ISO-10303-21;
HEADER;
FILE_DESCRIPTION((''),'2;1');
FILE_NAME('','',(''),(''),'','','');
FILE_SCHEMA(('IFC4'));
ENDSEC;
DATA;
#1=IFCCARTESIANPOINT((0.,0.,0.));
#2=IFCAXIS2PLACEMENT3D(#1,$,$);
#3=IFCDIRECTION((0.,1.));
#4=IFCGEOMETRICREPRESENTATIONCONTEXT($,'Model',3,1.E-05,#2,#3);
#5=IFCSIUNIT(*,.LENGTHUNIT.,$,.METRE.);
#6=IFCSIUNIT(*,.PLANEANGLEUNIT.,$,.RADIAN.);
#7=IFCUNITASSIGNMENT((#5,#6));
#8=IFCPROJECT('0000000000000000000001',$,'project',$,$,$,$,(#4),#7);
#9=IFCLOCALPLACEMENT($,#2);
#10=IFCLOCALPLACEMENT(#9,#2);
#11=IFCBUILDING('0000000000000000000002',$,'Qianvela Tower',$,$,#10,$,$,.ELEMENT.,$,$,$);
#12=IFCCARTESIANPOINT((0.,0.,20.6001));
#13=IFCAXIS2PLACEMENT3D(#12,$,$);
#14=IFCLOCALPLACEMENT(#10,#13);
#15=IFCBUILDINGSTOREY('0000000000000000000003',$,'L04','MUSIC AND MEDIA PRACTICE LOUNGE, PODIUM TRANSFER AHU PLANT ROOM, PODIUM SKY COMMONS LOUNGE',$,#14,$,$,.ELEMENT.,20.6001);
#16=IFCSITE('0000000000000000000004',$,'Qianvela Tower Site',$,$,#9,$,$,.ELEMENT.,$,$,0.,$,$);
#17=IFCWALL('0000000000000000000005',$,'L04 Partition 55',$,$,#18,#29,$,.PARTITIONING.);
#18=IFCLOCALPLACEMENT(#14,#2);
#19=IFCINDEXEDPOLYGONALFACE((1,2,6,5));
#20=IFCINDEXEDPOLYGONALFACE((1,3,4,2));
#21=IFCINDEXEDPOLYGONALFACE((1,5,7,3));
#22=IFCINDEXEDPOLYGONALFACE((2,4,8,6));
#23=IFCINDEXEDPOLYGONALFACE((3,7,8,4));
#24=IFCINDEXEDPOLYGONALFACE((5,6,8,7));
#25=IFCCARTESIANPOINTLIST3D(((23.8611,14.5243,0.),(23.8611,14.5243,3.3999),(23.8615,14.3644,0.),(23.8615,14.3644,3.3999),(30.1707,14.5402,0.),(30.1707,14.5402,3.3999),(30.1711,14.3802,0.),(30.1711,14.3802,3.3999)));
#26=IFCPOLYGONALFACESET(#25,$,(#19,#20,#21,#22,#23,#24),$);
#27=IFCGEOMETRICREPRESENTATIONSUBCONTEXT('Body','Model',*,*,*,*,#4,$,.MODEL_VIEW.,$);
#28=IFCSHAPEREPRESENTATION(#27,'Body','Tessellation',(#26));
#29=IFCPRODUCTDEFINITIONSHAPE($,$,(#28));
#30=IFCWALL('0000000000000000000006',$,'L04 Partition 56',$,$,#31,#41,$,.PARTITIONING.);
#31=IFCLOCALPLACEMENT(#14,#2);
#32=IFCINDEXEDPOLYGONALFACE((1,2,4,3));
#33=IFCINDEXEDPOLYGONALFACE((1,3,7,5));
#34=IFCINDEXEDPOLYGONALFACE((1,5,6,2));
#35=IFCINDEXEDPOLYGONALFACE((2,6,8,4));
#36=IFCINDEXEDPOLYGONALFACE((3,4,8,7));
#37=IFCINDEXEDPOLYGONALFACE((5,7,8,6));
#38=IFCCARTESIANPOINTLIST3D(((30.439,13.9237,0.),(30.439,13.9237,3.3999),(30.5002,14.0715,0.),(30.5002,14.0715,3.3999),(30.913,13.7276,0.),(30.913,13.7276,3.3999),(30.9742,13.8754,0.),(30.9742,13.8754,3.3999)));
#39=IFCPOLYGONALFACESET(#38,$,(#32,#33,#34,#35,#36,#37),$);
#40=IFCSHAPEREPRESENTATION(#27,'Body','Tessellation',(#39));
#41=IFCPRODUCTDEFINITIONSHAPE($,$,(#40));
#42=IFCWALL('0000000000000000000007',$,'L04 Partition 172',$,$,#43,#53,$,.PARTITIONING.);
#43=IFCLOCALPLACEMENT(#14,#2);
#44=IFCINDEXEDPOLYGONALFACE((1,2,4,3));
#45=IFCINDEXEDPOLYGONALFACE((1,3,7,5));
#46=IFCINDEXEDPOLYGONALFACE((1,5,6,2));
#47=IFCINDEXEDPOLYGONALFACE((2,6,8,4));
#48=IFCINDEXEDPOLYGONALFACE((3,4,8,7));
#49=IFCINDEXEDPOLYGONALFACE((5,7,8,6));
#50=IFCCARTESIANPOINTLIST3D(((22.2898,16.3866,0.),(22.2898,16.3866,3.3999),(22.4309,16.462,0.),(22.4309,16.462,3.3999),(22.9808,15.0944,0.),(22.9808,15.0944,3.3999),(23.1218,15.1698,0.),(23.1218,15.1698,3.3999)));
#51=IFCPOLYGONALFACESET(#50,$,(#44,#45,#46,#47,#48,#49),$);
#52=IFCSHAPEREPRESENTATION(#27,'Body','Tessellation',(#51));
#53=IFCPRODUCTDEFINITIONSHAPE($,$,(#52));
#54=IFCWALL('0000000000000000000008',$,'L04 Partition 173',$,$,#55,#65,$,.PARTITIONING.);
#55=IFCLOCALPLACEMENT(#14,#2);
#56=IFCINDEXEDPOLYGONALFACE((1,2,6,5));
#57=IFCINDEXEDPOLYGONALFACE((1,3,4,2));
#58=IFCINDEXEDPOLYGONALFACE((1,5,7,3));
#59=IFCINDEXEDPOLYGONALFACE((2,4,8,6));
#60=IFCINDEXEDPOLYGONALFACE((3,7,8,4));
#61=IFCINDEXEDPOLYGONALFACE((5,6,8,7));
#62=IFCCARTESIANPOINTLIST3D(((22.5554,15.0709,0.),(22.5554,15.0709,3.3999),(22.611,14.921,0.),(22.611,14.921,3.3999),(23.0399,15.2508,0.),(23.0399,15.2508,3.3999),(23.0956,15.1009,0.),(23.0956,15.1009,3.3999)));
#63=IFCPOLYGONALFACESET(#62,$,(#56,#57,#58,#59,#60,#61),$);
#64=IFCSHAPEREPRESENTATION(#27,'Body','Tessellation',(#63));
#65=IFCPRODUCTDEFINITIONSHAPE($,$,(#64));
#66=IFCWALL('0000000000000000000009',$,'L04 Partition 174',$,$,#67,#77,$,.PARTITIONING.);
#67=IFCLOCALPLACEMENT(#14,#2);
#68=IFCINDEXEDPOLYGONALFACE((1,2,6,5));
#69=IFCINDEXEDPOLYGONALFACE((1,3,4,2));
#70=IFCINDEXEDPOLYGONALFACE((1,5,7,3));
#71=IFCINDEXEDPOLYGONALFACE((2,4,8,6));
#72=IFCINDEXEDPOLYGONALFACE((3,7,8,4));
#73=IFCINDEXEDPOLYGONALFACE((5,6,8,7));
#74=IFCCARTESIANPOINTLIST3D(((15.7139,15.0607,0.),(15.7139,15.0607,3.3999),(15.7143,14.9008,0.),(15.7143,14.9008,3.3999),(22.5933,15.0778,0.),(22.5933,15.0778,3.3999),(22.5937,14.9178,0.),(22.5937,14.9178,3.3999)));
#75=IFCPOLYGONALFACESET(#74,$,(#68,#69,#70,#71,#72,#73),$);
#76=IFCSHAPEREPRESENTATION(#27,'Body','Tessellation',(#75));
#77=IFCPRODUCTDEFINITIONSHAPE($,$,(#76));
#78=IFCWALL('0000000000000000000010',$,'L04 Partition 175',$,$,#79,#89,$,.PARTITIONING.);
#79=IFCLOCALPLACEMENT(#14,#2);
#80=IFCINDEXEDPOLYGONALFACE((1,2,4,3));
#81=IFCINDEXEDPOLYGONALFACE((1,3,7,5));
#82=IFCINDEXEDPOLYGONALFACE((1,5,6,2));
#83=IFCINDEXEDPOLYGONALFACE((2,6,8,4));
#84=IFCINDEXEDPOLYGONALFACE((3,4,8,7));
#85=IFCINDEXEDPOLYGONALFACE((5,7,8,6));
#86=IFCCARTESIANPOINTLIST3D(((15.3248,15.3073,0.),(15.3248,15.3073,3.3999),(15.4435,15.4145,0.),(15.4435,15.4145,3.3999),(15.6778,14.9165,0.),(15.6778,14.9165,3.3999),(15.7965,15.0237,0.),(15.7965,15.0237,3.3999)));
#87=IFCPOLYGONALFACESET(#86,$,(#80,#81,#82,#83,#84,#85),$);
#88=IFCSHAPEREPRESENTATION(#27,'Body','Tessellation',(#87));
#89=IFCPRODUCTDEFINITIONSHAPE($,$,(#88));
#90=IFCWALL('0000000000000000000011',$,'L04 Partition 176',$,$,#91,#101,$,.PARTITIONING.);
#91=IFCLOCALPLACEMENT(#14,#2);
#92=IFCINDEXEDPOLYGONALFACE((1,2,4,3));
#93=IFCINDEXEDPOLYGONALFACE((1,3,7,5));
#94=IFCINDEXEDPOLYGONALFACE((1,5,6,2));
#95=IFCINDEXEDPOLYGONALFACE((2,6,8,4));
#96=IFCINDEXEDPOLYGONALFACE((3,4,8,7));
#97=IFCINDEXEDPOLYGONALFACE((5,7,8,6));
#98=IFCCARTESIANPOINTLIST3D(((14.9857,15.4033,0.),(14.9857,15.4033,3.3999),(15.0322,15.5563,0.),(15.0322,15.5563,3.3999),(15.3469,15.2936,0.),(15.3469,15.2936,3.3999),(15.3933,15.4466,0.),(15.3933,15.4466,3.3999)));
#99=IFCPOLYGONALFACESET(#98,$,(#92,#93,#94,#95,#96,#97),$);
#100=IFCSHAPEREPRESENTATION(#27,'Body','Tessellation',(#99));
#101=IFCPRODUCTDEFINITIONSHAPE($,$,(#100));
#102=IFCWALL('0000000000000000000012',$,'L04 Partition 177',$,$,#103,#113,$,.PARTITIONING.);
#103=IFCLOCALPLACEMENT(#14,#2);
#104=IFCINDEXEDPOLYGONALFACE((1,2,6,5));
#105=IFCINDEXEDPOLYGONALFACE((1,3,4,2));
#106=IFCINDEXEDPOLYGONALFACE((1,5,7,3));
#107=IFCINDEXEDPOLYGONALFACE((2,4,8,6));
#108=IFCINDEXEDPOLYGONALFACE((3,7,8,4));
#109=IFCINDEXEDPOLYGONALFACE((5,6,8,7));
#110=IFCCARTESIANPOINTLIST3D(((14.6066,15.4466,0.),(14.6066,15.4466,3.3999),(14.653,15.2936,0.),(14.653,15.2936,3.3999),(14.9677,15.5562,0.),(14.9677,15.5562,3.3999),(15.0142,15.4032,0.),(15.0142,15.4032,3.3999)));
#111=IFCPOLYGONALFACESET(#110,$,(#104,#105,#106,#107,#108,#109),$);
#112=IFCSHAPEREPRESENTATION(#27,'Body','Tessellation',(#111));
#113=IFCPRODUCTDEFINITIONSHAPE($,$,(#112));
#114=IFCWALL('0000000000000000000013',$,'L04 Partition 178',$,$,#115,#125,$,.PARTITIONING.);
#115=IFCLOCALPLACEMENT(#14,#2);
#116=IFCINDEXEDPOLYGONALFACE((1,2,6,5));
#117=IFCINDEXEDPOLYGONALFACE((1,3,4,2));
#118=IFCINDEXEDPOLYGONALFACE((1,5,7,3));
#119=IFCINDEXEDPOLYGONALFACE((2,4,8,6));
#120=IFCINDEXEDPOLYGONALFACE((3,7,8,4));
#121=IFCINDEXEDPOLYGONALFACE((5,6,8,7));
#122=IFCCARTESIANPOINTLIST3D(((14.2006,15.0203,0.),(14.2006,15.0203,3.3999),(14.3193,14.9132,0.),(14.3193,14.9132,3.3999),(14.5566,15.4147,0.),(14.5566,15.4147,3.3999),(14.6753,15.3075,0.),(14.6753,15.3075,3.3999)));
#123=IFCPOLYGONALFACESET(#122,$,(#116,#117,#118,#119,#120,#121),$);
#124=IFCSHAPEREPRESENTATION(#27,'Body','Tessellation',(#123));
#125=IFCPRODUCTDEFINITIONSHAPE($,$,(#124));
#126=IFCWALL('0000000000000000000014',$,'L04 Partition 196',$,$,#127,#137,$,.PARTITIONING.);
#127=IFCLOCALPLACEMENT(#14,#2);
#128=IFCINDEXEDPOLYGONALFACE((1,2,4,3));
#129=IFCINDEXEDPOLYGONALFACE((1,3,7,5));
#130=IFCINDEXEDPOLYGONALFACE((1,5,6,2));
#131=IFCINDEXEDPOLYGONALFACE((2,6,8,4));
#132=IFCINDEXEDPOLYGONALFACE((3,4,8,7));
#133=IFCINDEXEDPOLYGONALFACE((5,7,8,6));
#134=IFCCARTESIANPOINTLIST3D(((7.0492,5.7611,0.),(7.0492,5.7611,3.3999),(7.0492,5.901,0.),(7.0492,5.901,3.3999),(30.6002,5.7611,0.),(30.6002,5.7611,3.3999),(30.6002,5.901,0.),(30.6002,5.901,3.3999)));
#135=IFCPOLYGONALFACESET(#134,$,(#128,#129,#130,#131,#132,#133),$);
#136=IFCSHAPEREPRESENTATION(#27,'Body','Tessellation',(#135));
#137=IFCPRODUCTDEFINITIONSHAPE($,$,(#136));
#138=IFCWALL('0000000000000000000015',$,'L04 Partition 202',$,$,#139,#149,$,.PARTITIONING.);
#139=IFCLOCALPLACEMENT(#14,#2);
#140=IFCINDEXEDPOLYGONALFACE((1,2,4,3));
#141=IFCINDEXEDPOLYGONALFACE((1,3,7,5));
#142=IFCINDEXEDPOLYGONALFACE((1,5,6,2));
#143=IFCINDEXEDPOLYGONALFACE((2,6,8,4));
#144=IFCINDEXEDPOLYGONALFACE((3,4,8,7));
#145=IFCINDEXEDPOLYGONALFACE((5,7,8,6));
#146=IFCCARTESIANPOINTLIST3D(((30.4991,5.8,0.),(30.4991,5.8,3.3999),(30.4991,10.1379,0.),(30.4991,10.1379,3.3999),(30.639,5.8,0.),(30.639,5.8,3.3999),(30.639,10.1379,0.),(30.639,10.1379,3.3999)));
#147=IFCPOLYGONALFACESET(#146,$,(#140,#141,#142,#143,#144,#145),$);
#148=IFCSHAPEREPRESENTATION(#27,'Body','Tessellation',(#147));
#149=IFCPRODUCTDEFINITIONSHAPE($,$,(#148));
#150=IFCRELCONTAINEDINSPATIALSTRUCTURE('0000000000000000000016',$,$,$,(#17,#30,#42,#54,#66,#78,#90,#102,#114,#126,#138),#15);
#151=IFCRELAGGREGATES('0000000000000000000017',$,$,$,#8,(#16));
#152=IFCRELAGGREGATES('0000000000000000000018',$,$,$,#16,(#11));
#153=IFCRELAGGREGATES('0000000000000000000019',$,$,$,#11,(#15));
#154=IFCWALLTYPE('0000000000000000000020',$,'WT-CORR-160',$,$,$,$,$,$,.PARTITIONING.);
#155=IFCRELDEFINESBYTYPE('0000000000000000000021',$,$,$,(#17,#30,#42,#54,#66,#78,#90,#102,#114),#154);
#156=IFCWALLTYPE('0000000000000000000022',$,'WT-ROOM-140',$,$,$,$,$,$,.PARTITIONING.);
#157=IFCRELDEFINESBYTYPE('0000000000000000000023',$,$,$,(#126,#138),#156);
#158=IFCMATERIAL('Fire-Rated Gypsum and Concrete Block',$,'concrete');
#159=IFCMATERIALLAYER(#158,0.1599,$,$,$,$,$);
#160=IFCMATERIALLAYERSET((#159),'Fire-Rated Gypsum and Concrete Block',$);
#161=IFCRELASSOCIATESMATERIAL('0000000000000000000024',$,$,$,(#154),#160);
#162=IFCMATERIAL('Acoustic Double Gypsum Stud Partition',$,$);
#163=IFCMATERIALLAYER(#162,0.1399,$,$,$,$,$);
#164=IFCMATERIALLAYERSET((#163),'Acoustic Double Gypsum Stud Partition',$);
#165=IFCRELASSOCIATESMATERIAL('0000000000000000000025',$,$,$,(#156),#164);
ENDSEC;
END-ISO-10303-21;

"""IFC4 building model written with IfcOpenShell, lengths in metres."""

from ifc_helpers import new_model, si_unit, direction, frame, frame_2d, origin, place, context, subcontext, project, spatial, rectangle, extrude, material, layer, layer_set, type_object, element, save


model = new_model("IFC4")

# Units and contexts
model_context = context("Model", 3, precision=1e-05, world=origin(), true_north=direction((0.0, 1.0)))
body_context = subcontext(model_context, "Body", "Model", "MODEL_VIEW")
ifc_project = project(units=[si_unit("LENGTHUNIT", "METRE"), si_unit("PLANEANGLEUNIT", "RADIAN")], contexts=[model_context])

# Site, building, storey
site_placement = place(None, origin())
site = spatial("IfcSite", under=ifc_project, at=site_placement, Name="Qianvela Tower Site", CompositionType="ELEMENT", RefElevation=0.0)
building_placement = place(site_placement, origin())
building = spatial("IfcBuilding", under=site, at=building_placement, Name="Qianvela Tower", CompositionType="ELEMENT")
storey_placement = place(building_placement, frame((0.0, 0.0, 20.6001)))
storey = spatial("IfcBuildingStorey", under=building, at=storey_placement, Name="L04", Description="MUSIC AND MEDIA PRACTICE LOUNGE, PODIUM TRANSFER AHU PLANT ROOM, PODIUM SKY COMMONS LOUNGE", CompositionType="ELEMENT", Elevation=20.6001)

# Walls
ifc_material_1 = material(Name="Fire-Rated Gypsum and Concrete Block", Category="concrete")
ifc_layer_1 = layer(ifc_material_1, 0.1599)
ifc_layer_set_1 = layer_set([ifc_layer_1], Name="Fire-Rated Gypsum and Concrete Block")
wall_type_1 = type_object("IfcWallType", Name="WT-CORR-160", PredefinedType="PARTITIONING", material=ifc_layer_set_1)
wall_1_placement = place(storey_placement, frame((23.8613, 14.4443, 0.0), z_axis=(0.0, 0.0, 1.0), x_axis=(0.999997, 0.002515, 0.0)))
element("IfcWall", 1, at=wall_1_placement, inside=storey, type_object=wall_type_1, Name="L04 Partition 55", PredefinedType="PARTITIONING", context=body_context, shape_type="SweptSolid", body=[
    extrude(rectangle(XDim=6.3096, YDim=0.1599, at=frame_2d((3.1548, 0.0))), origin(), (0.0, 0.0, 1.0), 3.3999),
])
wall_2_placement = place(storey_placement, frame((30.4697, 13.9976, 0.0), z_axis=(0.0, 0.0, 1.0), x_axis=(0.924046, -0.382282, 0.0)))
element("IfcWall", 2, at=wall_2_placement, inside=storey, type_object=wall_type_1, Name="L04 Partition 56", PredefinedType="PARTITIONING", context=body_context, shape_type="SweptSolid", body=[
    extrude(rectangle(XDim=0.5129, YDim=0.1599, at=frame_2d((0.2563, 0.0))), origin(), (0.0, 0.0, 1.0), 3.3999),
])
wall_3_placement = place(storey_placement, frame((22.3604, 16.4243, 0.0), z_axis=(0.0, 0.0, 1.0), x_axis=(0.471505, -0.881864, 0.0)))
element("IfcWall", 3, at=wall_3_placement, inside=storey, type_object=wall_type_1, Name="L04 Partition 172", PredefinedType="PARTITIONING", context=body_context, shape_type="SweptSolid", body=[
    extrude(rectangle(XDim=1.4653, YDim=0.1599, at=frame_2d((0.7327, 0.0))), origin(), (0.0, 0.0, 1.0), 3.3999),
])
wall_4_placement = place(storey_placement, frame((23.0676, 15.1758, 0.0), z_axis=(0.0, 0.0, 1.0), x_axis=(-0.937469, -0.348068, 0.0)))
element("IfcWall", 4, at=wall_4_placement, inside=storey, type_object=wall_type_1, Name="L04 Partition 173", PredefinedType="PARTITIONING", context=body_context, shape_type="SweptSolid", body=[
    extrude(rectangle(XDim=0.5168, YDim=0.1599, at=frame_2d((0.2583, 0.0))), origin(), (0.0, 0.0, 1.0), 3.3999),
])
wall_5_placement = place(storey_placement, frame((22.5935, 14.9978, 0.0), z_axis=(0.0, 0.0, 1.0), x_axis=(-0.999997, -0.002484, 0.0)))
element("IfcWall", 5, at=wall_5_placement, inside=storey, type_object=wall_type_1, Name="L04 Partition 174", PredefinedType="PARTITIONING", context=body_context, shape_type="SweptSolid", body=[
    extrude(rectangle(XDim=6.8794, YDim=0.1599, at=frame_2d((3.4397, 0.0))), origin(), (0.0, 0.0, 1.0), 3.3999),
])
wall_6_placement = place(storey_placement, frame((15.7371, 14.9702, 0.0), z_axis=(0.0, 0.0, 1.0), x_axis=(-0.67027, 0.742118, 0.0)))
element("IfcWall", 6, at=wall_6_placement, inside=storey, type_object=wall_type_1, Name="L04 Partition 175", PredefinedType="PARTITIONING", context=body_context, shape_type="SweptSolid", body=[
    extrude(rectangle(XDim=0.5266, YDim=0.1599, at=frame_2d((0.2632, 0.0))), origin(), (0.0, 0.0, 1.0), 3.3999),
])
for number, where, z_axis, x_axis, name in (
    (7, (15.3701, 15.3701, 0.0), (0.0, 0.0, 1.0), (-0.956877, 0.290492, 0.0), "L04 Partition 176"),
    (8, (14.991, 15.4797, 0.0), (0.0, 0.0, 1.0), (-0.956877, -0.290492, 0.0), "L04 Partition 177"),
):
    element("IfcWall", number, at=place(storey_placement, frame(where, z_axis=z_axis, x_axis=x_axis)), inside=storey, type_object=wall_type_1, Name=name, PredefinedType="PARTITIONING", context=body_context, shape_type="SweptSolid", body=[
        extrude(rectangle(XDim=0.3774, YDim=0.1599, at=frame_2d((0.1887, 0.0))), origin(), (0.0, 0.0, 1.0), 3.3999),
    ])
wall_7_placement = place(storey_placement, frame((14.616, 15.3611, 0.0), z_axis=(0.0, 0.0, 1.0), x_axis=(-0.670107, -0.742265, 0.0)))
element("IfcWall", 9, at=wall_7_placement, inside=storey, type_object=wall_type_1, Name="L04 Partition 178", PredefinedType="PARTITIONING", context=body_context, shape_type="SweptSolid", body=[
    extrude(rectangle(XDim=0.5312, YDim=0.1599, at=frame_2d((0.2656, 0.0))), origin(), (0.0, 0.0, 1.0), 3.3999),
])
ifc_material_2 = material(Name="Acoustic Double Gypsum Stud Partition")
ifc_layer_2 = layer(ifc_material_2, 0.1399)
ifc_layer_set_2 = layer_set([ifc_layer_2], Name="Acoustic Double Gypsum Stud Partition")
wall_type_2 = type_object("IfcWallType", Name="WT-ROOM-140", PredefinedType="PARTITIONING", material=ifc_layer_set_2)
wall_8_placement = place(storey_placement, frame((30.6001, 5.8311, 0.0), z_axis=(0.0, 0.0, 1.0), x_axis=(-1.0, 0.0, 0.0)))
element("IfcWall", 10, at=wall_8_placement, inside=storey, type_object=wall_type_2, Name="L04 Partition 196", PredefinedType="PARTITIONING", context=body_context, shape_type="SweptSolid", body=[
    extrude(rectangle(XDim=23.551, YDim=0.1399, at=frame_2d((11.7754, 0.0))), origin(), (0.0, 0.0, 1.0), 3.3999),
])
wall_9_placement = place(storey_placement, frame((30.5691, 10.1379, 0.0), z_axis=(0.0, 0.0, 1.0), x_axis=(0.0, -1.0, 0.0)))
element("IfcWall", 11, at=wall_9_placement, inside=storey, type_object=wall_type_2, Name="L04 Partition 202", PredefinedType="PARTITIONING", context=body_context, shape_type="SweptSolid", body=[
    extrude(rectangle(XDim=4.3379, YDim=0.1399, at=frame_2d((2.1689, 0.0))), origin(), (0.0, 0.0, 1.0), 3.3999),
])

save(model, "model.ifc")
